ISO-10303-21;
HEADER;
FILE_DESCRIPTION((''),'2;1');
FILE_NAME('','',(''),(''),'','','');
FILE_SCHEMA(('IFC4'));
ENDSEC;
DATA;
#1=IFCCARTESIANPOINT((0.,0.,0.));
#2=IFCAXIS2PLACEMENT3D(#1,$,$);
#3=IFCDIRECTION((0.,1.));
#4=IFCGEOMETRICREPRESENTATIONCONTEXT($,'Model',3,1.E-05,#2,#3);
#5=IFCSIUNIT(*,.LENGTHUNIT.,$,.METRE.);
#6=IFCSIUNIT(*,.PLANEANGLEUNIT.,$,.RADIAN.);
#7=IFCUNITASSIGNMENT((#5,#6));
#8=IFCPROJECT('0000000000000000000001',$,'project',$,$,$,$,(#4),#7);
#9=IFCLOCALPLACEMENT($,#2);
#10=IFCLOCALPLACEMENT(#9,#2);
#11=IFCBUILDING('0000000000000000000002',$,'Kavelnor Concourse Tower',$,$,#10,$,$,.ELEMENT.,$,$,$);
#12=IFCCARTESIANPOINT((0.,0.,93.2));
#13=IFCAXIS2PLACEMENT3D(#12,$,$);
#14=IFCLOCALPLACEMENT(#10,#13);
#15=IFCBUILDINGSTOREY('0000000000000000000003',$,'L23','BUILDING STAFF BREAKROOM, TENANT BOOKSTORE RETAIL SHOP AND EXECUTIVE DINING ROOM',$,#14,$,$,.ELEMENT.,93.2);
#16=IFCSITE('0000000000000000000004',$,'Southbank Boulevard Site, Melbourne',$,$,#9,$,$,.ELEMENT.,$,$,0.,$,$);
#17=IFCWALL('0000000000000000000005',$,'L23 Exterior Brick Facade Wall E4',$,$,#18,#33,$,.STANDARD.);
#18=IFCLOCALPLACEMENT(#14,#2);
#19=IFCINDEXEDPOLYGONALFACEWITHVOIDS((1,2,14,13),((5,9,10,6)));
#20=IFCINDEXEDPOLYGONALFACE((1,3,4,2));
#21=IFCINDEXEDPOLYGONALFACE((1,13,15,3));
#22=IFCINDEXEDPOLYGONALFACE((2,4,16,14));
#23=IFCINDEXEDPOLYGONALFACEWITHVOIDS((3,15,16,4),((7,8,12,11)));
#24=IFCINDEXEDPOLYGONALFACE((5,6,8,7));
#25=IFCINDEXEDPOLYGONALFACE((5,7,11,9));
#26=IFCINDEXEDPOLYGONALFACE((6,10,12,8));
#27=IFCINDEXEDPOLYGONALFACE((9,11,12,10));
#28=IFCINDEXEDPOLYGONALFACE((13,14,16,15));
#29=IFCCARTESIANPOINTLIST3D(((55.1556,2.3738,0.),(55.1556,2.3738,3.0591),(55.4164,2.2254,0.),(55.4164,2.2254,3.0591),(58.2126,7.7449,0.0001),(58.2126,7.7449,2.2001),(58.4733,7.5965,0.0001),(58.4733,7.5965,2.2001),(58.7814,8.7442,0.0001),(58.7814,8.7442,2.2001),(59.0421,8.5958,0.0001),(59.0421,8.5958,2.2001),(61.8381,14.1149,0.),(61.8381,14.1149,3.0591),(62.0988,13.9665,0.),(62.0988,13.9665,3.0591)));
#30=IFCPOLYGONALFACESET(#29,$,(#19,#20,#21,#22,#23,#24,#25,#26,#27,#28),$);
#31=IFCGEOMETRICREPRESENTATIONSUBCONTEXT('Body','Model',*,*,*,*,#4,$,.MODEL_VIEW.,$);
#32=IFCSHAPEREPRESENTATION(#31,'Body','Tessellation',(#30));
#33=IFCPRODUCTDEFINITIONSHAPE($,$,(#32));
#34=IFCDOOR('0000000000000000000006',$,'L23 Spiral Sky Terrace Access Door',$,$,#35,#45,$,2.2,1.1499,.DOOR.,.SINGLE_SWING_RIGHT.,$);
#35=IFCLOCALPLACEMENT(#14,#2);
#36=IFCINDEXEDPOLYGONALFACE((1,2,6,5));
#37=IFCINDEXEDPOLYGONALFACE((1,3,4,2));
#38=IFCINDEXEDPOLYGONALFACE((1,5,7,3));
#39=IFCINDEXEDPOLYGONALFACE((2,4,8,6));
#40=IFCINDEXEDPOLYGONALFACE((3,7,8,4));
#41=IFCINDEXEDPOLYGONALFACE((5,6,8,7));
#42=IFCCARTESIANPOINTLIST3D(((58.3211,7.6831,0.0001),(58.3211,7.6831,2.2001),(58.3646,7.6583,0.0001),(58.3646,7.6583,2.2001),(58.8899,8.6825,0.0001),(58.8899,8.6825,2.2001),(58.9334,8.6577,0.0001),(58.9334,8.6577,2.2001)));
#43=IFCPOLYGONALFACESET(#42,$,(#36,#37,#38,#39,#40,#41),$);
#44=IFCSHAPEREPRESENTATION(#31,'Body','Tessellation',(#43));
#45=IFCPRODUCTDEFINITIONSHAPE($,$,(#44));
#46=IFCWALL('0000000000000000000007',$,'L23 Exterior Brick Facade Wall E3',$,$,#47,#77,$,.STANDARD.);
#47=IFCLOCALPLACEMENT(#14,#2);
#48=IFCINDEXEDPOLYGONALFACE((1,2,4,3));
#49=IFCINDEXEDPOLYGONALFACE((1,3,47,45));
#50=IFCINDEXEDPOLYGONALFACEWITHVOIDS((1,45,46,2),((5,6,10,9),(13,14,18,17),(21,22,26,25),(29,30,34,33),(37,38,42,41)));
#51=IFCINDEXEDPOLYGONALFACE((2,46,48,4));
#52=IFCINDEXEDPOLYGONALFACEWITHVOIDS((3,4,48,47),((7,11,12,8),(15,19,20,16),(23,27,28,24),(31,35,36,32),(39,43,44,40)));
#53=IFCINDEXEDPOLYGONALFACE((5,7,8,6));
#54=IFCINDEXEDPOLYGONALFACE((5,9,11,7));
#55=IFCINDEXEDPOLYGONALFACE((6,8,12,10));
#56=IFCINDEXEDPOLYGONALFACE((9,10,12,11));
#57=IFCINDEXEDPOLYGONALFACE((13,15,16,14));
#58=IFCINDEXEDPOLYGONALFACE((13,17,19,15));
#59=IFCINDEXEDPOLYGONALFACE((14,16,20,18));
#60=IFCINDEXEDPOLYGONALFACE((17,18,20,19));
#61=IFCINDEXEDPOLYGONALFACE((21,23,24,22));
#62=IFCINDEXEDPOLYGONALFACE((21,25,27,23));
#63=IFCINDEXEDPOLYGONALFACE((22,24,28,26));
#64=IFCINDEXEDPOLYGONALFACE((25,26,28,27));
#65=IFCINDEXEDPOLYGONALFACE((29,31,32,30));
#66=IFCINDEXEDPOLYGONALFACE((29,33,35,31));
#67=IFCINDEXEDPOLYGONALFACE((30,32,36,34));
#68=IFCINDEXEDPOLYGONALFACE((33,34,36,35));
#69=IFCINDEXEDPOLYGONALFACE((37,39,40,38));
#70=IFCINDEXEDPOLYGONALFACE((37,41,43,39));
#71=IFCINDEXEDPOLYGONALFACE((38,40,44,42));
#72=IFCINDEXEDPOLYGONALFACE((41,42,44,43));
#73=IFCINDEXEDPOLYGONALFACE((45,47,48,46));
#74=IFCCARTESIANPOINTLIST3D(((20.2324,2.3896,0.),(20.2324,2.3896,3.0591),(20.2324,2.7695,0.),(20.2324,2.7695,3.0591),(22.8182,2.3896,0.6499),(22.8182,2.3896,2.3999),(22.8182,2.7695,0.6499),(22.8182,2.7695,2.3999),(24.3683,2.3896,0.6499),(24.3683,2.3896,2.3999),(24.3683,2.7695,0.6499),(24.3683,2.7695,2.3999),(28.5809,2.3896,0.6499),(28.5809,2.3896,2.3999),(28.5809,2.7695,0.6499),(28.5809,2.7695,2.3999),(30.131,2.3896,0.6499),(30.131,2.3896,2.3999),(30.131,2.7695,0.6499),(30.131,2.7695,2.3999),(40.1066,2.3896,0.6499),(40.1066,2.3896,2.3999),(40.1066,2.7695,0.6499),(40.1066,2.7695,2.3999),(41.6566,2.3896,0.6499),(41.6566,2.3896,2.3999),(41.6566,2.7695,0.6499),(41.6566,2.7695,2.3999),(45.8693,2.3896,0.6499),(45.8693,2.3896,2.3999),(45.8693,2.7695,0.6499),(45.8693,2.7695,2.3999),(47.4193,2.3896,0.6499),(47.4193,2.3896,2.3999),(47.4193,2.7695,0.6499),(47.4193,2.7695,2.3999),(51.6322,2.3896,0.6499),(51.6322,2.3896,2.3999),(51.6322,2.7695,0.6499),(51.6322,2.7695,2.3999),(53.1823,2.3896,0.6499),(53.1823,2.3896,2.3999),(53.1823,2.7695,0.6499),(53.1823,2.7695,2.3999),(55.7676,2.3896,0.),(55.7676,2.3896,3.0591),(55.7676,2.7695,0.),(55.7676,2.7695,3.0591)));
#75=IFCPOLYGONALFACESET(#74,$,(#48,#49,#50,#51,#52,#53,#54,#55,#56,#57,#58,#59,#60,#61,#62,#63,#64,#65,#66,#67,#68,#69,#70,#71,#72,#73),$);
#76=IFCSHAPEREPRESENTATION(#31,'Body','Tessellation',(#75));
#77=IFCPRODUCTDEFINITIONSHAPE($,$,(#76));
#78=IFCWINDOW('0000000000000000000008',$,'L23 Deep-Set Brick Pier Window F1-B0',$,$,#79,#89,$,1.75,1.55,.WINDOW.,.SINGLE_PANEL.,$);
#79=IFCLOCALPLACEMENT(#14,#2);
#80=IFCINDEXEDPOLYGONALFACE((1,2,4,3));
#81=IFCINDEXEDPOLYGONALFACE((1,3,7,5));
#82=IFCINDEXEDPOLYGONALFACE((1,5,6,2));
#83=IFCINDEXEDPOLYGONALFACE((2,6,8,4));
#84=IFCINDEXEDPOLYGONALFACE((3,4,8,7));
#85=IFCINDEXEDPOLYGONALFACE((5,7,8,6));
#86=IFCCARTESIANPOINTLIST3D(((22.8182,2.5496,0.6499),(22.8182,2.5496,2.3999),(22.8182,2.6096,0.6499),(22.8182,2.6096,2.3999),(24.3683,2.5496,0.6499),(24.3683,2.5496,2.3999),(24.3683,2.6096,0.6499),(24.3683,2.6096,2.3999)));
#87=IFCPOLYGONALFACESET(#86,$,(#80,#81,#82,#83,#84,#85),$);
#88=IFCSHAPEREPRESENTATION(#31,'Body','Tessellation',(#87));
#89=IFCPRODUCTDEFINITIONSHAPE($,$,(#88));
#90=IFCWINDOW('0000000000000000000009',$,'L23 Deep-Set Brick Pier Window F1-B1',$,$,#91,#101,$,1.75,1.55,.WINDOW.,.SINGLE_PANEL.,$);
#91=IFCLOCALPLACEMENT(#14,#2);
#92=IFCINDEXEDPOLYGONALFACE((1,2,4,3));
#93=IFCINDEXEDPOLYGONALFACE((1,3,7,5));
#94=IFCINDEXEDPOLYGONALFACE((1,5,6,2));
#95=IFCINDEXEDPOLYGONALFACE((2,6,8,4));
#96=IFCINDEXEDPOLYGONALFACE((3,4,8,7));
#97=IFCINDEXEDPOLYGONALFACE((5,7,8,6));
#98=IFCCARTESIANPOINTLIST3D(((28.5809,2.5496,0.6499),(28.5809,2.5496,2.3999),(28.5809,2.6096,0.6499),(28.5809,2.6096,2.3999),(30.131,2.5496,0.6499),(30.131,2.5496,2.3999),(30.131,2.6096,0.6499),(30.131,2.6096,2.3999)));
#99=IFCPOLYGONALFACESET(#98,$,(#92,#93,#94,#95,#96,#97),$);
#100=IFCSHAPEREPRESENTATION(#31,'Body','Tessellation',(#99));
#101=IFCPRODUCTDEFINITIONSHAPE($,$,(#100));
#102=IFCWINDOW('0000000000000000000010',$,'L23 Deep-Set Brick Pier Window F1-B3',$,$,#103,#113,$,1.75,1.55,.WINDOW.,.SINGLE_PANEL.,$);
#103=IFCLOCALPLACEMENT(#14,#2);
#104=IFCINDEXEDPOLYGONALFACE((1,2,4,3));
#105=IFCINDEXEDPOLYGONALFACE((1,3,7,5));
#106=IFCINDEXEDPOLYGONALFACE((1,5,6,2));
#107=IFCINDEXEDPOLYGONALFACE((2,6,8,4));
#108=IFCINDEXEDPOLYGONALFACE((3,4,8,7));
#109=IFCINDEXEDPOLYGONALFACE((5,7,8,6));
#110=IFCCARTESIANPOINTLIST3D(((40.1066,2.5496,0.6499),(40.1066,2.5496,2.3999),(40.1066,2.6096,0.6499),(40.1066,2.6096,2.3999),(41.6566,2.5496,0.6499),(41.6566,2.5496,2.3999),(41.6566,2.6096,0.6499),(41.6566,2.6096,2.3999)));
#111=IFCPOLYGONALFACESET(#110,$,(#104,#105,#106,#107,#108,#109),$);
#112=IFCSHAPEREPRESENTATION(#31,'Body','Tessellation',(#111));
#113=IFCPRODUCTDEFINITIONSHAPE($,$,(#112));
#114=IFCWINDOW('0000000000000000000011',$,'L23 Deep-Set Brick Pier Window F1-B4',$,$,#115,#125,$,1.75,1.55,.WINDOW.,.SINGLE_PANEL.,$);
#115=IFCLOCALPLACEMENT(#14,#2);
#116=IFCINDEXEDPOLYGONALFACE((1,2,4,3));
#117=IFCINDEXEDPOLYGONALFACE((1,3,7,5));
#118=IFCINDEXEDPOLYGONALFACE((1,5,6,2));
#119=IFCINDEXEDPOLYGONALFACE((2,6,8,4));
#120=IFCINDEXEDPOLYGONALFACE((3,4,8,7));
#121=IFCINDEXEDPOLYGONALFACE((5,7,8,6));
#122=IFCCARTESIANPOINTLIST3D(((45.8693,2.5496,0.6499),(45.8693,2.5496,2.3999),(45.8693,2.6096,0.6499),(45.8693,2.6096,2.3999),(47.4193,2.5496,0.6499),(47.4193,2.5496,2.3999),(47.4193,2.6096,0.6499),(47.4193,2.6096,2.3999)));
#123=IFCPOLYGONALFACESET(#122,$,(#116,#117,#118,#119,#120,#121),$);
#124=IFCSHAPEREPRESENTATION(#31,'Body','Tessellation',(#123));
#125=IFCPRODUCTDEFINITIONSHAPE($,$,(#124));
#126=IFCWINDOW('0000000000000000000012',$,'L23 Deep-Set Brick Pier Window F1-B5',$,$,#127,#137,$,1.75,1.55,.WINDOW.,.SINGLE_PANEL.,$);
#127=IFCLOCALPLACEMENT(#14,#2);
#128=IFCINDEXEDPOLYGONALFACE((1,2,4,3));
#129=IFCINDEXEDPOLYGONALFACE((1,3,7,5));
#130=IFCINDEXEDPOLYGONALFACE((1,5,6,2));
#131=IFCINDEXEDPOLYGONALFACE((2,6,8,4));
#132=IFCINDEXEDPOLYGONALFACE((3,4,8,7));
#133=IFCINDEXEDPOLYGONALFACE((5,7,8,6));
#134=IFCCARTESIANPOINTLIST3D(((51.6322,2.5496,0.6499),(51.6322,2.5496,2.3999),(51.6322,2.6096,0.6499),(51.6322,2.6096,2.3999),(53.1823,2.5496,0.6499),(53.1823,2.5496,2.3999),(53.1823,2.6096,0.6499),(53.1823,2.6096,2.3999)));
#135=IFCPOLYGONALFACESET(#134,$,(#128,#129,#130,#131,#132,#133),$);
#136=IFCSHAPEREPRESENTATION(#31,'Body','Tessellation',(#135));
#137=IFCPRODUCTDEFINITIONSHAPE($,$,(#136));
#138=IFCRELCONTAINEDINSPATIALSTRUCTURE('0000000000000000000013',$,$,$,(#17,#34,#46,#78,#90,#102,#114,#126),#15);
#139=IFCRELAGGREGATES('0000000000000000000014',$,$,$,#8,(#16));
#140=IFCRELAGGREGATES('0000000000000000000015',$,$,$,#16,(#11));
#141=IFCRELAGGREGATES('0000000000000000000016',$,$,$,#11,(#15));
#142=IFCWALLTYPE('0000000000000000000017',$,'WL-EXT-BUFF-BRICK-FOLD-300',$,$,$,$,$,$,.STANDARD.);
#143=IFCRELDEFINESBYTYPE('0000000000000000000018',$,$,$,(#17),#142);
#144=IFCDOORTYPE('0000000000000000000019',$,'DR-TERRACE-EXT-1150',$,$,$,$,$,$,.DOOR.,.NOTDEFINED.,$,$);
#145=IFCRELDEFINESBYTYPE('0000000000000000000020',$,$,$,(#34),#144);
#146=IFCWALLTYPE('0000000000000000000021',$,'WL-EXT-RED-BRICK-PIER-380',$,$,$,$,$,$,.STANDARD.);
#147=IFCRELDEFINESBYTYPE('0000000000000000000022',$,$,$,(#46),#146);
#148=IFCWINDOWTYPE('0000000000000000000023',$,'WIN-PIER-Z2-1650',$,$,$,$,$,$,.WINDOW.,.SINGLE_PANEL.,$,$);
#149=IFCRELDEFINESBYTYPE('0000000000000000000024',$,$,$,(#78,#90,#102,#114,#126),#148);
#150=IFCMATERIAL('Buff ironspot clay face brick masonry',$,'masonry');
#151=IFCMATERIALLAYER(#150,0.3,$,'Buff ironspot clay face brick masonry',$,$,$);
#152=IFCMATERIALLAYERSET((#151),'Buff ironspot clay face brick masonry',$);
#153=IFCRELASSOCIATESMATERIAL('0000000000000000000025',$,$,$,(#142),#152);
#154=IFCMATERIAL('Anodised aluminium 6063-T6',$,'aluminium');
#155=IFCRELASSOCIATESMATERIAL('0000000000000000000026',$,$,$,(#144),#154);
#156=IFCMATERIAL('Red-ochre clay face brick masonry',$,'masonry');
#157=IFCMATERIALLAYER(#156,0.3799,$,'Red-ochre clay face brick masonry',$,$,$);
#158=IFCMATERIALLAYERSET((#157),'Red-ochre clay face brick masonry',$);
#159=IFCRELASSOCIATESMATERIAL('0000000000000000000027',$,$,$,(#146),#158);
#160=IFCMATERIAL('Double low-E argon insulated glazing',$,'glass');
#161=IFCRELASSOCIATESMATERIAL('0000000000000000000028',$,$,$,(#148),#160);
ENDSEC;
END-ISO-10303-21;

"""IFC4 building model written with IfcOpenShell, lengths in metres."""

from ifc_helpers import new_model, si_unit, direction, frame, frame_2d, origin, place, context, subcontext, project, spatial, rectangle, extrude, material, layer, layer_set, type_object, element, fill, save


model = new_model("IFC4")

# Units and contexts
model_context = context("Model", 3, precision=1e-05, world=origin(), true_north=direction((0.0, 1.0)))
body_context = subcontext(model_context, "Body", "Model", "MODEL_VIEW")
ifc_project = project(units=[si_unit("LENGTHUNIT", "METRE"), si_unit("PLANEANGLEUNIT", "RADIAN")], contexts=[model_context])

# Site, building, storey
site_placement = place(None, origin())
site = spatial("IfcSite", under=ifc_project, at=site_placement, Name="Southbank Boulevard Site, Melbourne", CompositionType="ELEMENT", RefElevation=0.0)
building_placement = place(site_placement, origin())
building = spatial("IfcBuilding", under=site, at=building_placement, Name="Kavelnor Concourse Tower", CompositionType="ELEMENT")
storey_placement = place(building_placement, frame((0.0, 0.0, 93.2)))
storey = spatial("IfcBuildingStorey", under=building, at=storey_placement, Name="L23", Description="BUILDING STAFF BREAKROOM, TENANT BOOKSTORE RETAIL SHOP AND EXECUTIVE DINING ROOM", CompositionType="ELEMENT", Elevation=93.2)

# Wall, opening, door
ifc_material_1 = material(Name="Buff ironspot clay face brick masonry", Category="masonry")
ifc_layer_1 = layer(ifc_material_1, 0.3, Name="Buff ironspot clay face brick masonry")
ifc_layer_set_1 = layer_set([ifc_layer_1], Name="Buff ironspot clay face brick masonry")
wall_type_1 = type_object("IfcWallType", Name="WL-EXT-BUFF-BRICK-FOLD-300", PredefinedType="STANDARD", material=ifc_layer_set_1)
wall_1_placement = place(storey_placement, frame((61.9685, 14.0408, 0.0), z_axis=(0.0, 0.0, 1.0), x_axis=(-0.494645, -0.869095, 0.0)))
wall_1 = element("IfcWall", 1, at=wall_1_placement, inside=storey, type_object=wall_type_1, Name="L23 Exterior Brick Facade Wall E4", PredefinedType="STANDARD", context=body_context, shape_type="SweptSolid", body=[
    extrude(rectangle(XDim=13.5095, YDim=0.3, at=frame_2d((6.7549, 0.0))), origin(), (0.0, 0.0, 1.0), 3.0591),
])
opening_1_placement = place(wall_1_placement, frame((6.1797, 0.0, 0.0)))
opening_1 = element("IfcOpeningElement", 2, at=opening_1_placement, cuts=wall_1, PredefinedType="OPENING", context=body_context, shape_type="SweptSolid", body=[
    extrude(rectangle(XDim=1.1499, YDim=2.2, at=frame_2d((0.575, 1.1001))), frame((0.0, 0.1602, 0.0), z_axis=(0.0, -1.0, 0.0), x_axis=(1.0, 0.0, 0.0)), (0.0, 0.0, 1.0), 0.3201),
])
ifc_material_2 = material(Name="Anodised aluminium 6063-T6", Category="aluminium")
door_type_1 = type_object("IfcDoorType", Name="DR-TERRACE-EXT-1150", OperationType="NOTDEFINED", PredefinedType="DOOR", material=ifc_material_2)
door_1_placement = place(opening_1_placement, origin())
door_1 = element("IfcDoor", 3, at=door_1_placement, inside=storey, type_object=door_type_1, Name="L23 Spiral Sky Terrace Access Door", OperationType="SINGLE_SWING_RIGHT", OverallHeight=2.2, OverallWidth=1.1499, PredefinedType="DOOR", context=body_context, shape_type="SweptSolid", body=[
    extrude(rectangle(XDim=1.1499, YDim=2.2, at=frame_2d((0.575, 1.1001))), frame((0.0, 0.0249, 0.0), z_axis=(0.0, -1.0, 0.0), x_axis=(1.0, 0.0, 0.0)), (0.0, 0.0, 1.0), 0.05),
])
fill(opening_1, door_1)

# Wall, openings, windows
ifc_material_3 = material(Name="Red-ochre clay face brick masonry", Category="masonry")
ifc_layer_2 = layer(ifc_material_3, 0.3799, Name="Red-ochre clay face brick masonry")
ifc_layer_set_2 = layer_set([ifc_layer_2], Name="Red-ochre clay face brick masonry")
wall_type_2 = type_object("IfcWallType", Name="WL-EXT-RED-BRICK-PIER-380", PredefinedType="STANDARD", material=ifc_layer_set_2)
wall_2_placement = place(storey_placement, frame((55.7676, 2.5796, 0.0), z_axis=(0.0, 0.0, 1.0), x_axis=(-1.0, 0.0, 0.0)))
wall_2 = element("IfcWall", 4, at=wall_2_placement, inside=storey, type_object=wall_type_2, Name="L23 Exterior Brick Facade Wall E3", PredefinedType="STANDARD", context=body_context, shape_type="SweptSolid", body=[
    extrude(rectangle(XDim=35.5352, YDim=0.3799, at=frame_2d((17.7676, 0.0))), origin(), (0.0, 0.0, 1.0), 3.0591),
])
opening_2_placement = place(wall_2_placement, frame((31.3994, 0.0, 0.6499)))
opening_2 = element("IfcOpeningElement", 5, at=opening_2_placement, cuts=wall_2, PredefinedType="OPENING", context=body_context, shape_type="SweptSolid", body=[
    extrude(rectangle(XDim=1.55, YDim=1.75, at=frame_2d((0.7749, 0.875))), frame((0.0, 0.2, 0.0), z_axis=(0.0, -1.0, 0.0), x_axis=(1.0, 0.0, 0.0)), (0.0, 0.0, 1.0), 0.3999),
])
opening_3_placement = place(wall_2_placement, frame((25.6367, 0.0, 0.6499)))
opening_3 = element("IfcOpeningElement", 6, at=opening_3_placement, cuts=wall_2, PredefinedType="OPENING", context=body_context, shape_type="SweptSolid", body=[
    extrude(rectangle(XDim=1.55, YDim=1.75, at=frame_2d((0.7749, 0.875))), frame((0.0, 0.2, 0.0), z_axis=(0.0, -1.0, 0.0), x_axis=(1.0, 0.0, 0.0)), (0.0, 0.0, 1.0), 0.3999),
])
opening_4_placement = place(wall_2_placement, frame((14.1111, 0.0, 0.6499)))
opening_4 = element("IfcOpeningElement", 7, at=opening_4_placement, cuts=wall_2, PredefinedType="OPENING", context=body_context, shape_type="SweptSolid", body=[
    extrude(rectangle(XDim=1.55, YDim=1.75, at=frame_2d((0.7749, 0.875))), frame((0.0, 0.2, 0.0), z_axis=(0.0, -1.0, 0.0), x_axis=(1.0, 0.0, 0.0)), (0.0, 0.0, 1.0), 0.3999),
])
opening_5_placement = place(wall_2_placement, frame((8.3484, 0.0, 0.6499)))
opening_5 = element("IfcOpeningElement", 8, at=opening_5_placement, cuts=wall_2, PredefinedType="OPENING", context=body_context, shape_type="SweptSolid", body=[
    extrude(rectangle(XDim=1.55, YDim=1.75, at=frame_2d((0.7749, 0.875))), frame((0.0, 0.2, 0.0), z_axis=(0.0, -1.0, 0.0), x_axis=(1.0, 0.0, 0.0)), (0.0, 0.0, 1.0), 0.3999),
])
opening_6_placement = place(wall_2_placement, frame((2.5854, 0.0, 0.6499)))
opening_6 = element("IfcOpeningElement", 9, at=opening_6_placement, cuts=wall_2, PredefinedType="OPENING", context=body_context, shape_type="SweptSolid", body=[
    extrude(rectangle(XDim=1.55, YDim=1.75, at=frame_2d((0.7749, 0.875))), frame((0.0, 0.2, 0.0), z_axis=(0.0, -1.0, 0.0), x_axis=(1.0, 0.0, 0.0)), (0.0, 0.0, 1.0), 0.3999),
])
ifc_material_4 = material(Name="Double low-E argon insulated glazing", Category="glass")
window_type = type_object("IfcWindowType", Name="WIN-PIER-Z2-1650", PartitioningType="SINGLE_PANEL", PredefinedType="WINDOW", material=ifc_material_4)
window_1_placement = place(opening_2_placement, origin())
window_1 = element("IfcWindow", 10, at=window_1_placement, inside=storey, type_object=window_type, Name="L23 Deep-Set Brick Pier Window F1-B0", OverallHeight=1.75, OverallWidth=1.55, PartitioningType="SINGLE_PANEL", PredefinedType="WINDOW", context=body_context, shape_type="SweptSolid", body=[
    extrude(rectangle(XDim=1.55, YDim=1.75, at=frame_2d((0.7749, 0.875))), frame((0.0, 0.03, 0.0), z_axis=(0.0, -1.0, 0.0), x_axis=(1.0, 0.0, 0.0)), (0.0, 0.0, 1.0), 0.0601),
])
fill(opening_2, window_1)
window_2_placement = place(opening_3_placement, origin())
window_2 = element("IfcWindow", 11, at=window_2_placement, inside=storey, type_object=window_type, Name="L23 Deep-Set Brick Pier Window F1-B1", OverallHeight=1.75, OverallWidth=1.55, PartitioningType="SINGLE_PANEL", PredefinedType="WINDOW", context=body_context, shape_type="SweptSolid", body=[
    extrude(rectangle(XDim=1.55, YDim=1.75, at=frame_2d((0.7749, 0.875))), frame((0.0, 0.03, 0.0), z_axis=(0.0, -1.0, 0.0), x_axis=(1.0, 0.0, 0.0)), (0.0, 0.0, 1.0), 0.0601),
])
fill(opening_3, window_2)
window_3_placement = place(opening_4_placement, origin())
window_3 = element("IfcWindow", 12, at=window_3_placement, inside=storey, type_object=window_type, Name="L23 Deep-Set Brick Pier Window F1-B3", OverallHeight=1.75, OverallWidth=1.55, PartitioningType="SINGLE_PANEL", PredefinedType="WINDOW", context=body_context, shape_type="SweptSolid", body=[
    extrude(rectangle(XDim=1.55, YDim=1.75, at=frame_2d((0.7749, 0.875))), frame((0.0, 0.03, 0.0), z_axis=(0.0, -1.0, 0.0), x_axis=(1.0, 0.0, 0.0)), (0.0, 0.0, 1.0), 0.0601),
])
fill(opening_4, window_3)
window_4_placement = place(opening_5_placement, origin())
window_4 = element("IfcWindow", 13, at=window_4_placement, inside=storey, type_object=window_type, Name="L23 Deep-Set Brick Pier Window F1-B4", OverallHeight=1.75, OverallWidth=1.55, PartitioningType="SINGLE_PANEL", PredefinedType="WINDOW", context=body_context, shape_type="SweptSolid", body=[
    extrude(rectangle(XDim=1.55, YDim=1.75, at=frame_2d((0.7749, 0.875))), frame((0.0, 0.03, 0.0), z_axis=(0.0, -1.0, 0.0), x_axis=(1.0, 0.0, 0.0)), (0.0, 0.0, 1.0), 0.0601),
])
fill(opening_5, window_4)
window_5_placement = place(opening_6_placement, origin())
window_5 = element("IfcWindow", 14, at=window_5_placement, inside=storey, type_object=window_type, Name="L23 Deep-Set Brick Pier Window F1-B5", OverallHeight=1.75, OverallWidth=1.55, PartitioningType="SINGLE_PANEL", PredefinedType="WINDOW", context=body_context, shape_type="SweptSolid", body=[
    extrude(rectangle(XDim=1.55, YDim=1.75, at=frame_2d((0.7749, 0.875))), frame((0.0, 0.03, 0.0), z_axis=(0.0, -1.0, 0.0), x_axis=(1.0, 0.0, 0.0)), (0.0, 0.0, 1.0), 0.0601),
])
fill(opening_6, window_5)

save(model, "model.ifc")
